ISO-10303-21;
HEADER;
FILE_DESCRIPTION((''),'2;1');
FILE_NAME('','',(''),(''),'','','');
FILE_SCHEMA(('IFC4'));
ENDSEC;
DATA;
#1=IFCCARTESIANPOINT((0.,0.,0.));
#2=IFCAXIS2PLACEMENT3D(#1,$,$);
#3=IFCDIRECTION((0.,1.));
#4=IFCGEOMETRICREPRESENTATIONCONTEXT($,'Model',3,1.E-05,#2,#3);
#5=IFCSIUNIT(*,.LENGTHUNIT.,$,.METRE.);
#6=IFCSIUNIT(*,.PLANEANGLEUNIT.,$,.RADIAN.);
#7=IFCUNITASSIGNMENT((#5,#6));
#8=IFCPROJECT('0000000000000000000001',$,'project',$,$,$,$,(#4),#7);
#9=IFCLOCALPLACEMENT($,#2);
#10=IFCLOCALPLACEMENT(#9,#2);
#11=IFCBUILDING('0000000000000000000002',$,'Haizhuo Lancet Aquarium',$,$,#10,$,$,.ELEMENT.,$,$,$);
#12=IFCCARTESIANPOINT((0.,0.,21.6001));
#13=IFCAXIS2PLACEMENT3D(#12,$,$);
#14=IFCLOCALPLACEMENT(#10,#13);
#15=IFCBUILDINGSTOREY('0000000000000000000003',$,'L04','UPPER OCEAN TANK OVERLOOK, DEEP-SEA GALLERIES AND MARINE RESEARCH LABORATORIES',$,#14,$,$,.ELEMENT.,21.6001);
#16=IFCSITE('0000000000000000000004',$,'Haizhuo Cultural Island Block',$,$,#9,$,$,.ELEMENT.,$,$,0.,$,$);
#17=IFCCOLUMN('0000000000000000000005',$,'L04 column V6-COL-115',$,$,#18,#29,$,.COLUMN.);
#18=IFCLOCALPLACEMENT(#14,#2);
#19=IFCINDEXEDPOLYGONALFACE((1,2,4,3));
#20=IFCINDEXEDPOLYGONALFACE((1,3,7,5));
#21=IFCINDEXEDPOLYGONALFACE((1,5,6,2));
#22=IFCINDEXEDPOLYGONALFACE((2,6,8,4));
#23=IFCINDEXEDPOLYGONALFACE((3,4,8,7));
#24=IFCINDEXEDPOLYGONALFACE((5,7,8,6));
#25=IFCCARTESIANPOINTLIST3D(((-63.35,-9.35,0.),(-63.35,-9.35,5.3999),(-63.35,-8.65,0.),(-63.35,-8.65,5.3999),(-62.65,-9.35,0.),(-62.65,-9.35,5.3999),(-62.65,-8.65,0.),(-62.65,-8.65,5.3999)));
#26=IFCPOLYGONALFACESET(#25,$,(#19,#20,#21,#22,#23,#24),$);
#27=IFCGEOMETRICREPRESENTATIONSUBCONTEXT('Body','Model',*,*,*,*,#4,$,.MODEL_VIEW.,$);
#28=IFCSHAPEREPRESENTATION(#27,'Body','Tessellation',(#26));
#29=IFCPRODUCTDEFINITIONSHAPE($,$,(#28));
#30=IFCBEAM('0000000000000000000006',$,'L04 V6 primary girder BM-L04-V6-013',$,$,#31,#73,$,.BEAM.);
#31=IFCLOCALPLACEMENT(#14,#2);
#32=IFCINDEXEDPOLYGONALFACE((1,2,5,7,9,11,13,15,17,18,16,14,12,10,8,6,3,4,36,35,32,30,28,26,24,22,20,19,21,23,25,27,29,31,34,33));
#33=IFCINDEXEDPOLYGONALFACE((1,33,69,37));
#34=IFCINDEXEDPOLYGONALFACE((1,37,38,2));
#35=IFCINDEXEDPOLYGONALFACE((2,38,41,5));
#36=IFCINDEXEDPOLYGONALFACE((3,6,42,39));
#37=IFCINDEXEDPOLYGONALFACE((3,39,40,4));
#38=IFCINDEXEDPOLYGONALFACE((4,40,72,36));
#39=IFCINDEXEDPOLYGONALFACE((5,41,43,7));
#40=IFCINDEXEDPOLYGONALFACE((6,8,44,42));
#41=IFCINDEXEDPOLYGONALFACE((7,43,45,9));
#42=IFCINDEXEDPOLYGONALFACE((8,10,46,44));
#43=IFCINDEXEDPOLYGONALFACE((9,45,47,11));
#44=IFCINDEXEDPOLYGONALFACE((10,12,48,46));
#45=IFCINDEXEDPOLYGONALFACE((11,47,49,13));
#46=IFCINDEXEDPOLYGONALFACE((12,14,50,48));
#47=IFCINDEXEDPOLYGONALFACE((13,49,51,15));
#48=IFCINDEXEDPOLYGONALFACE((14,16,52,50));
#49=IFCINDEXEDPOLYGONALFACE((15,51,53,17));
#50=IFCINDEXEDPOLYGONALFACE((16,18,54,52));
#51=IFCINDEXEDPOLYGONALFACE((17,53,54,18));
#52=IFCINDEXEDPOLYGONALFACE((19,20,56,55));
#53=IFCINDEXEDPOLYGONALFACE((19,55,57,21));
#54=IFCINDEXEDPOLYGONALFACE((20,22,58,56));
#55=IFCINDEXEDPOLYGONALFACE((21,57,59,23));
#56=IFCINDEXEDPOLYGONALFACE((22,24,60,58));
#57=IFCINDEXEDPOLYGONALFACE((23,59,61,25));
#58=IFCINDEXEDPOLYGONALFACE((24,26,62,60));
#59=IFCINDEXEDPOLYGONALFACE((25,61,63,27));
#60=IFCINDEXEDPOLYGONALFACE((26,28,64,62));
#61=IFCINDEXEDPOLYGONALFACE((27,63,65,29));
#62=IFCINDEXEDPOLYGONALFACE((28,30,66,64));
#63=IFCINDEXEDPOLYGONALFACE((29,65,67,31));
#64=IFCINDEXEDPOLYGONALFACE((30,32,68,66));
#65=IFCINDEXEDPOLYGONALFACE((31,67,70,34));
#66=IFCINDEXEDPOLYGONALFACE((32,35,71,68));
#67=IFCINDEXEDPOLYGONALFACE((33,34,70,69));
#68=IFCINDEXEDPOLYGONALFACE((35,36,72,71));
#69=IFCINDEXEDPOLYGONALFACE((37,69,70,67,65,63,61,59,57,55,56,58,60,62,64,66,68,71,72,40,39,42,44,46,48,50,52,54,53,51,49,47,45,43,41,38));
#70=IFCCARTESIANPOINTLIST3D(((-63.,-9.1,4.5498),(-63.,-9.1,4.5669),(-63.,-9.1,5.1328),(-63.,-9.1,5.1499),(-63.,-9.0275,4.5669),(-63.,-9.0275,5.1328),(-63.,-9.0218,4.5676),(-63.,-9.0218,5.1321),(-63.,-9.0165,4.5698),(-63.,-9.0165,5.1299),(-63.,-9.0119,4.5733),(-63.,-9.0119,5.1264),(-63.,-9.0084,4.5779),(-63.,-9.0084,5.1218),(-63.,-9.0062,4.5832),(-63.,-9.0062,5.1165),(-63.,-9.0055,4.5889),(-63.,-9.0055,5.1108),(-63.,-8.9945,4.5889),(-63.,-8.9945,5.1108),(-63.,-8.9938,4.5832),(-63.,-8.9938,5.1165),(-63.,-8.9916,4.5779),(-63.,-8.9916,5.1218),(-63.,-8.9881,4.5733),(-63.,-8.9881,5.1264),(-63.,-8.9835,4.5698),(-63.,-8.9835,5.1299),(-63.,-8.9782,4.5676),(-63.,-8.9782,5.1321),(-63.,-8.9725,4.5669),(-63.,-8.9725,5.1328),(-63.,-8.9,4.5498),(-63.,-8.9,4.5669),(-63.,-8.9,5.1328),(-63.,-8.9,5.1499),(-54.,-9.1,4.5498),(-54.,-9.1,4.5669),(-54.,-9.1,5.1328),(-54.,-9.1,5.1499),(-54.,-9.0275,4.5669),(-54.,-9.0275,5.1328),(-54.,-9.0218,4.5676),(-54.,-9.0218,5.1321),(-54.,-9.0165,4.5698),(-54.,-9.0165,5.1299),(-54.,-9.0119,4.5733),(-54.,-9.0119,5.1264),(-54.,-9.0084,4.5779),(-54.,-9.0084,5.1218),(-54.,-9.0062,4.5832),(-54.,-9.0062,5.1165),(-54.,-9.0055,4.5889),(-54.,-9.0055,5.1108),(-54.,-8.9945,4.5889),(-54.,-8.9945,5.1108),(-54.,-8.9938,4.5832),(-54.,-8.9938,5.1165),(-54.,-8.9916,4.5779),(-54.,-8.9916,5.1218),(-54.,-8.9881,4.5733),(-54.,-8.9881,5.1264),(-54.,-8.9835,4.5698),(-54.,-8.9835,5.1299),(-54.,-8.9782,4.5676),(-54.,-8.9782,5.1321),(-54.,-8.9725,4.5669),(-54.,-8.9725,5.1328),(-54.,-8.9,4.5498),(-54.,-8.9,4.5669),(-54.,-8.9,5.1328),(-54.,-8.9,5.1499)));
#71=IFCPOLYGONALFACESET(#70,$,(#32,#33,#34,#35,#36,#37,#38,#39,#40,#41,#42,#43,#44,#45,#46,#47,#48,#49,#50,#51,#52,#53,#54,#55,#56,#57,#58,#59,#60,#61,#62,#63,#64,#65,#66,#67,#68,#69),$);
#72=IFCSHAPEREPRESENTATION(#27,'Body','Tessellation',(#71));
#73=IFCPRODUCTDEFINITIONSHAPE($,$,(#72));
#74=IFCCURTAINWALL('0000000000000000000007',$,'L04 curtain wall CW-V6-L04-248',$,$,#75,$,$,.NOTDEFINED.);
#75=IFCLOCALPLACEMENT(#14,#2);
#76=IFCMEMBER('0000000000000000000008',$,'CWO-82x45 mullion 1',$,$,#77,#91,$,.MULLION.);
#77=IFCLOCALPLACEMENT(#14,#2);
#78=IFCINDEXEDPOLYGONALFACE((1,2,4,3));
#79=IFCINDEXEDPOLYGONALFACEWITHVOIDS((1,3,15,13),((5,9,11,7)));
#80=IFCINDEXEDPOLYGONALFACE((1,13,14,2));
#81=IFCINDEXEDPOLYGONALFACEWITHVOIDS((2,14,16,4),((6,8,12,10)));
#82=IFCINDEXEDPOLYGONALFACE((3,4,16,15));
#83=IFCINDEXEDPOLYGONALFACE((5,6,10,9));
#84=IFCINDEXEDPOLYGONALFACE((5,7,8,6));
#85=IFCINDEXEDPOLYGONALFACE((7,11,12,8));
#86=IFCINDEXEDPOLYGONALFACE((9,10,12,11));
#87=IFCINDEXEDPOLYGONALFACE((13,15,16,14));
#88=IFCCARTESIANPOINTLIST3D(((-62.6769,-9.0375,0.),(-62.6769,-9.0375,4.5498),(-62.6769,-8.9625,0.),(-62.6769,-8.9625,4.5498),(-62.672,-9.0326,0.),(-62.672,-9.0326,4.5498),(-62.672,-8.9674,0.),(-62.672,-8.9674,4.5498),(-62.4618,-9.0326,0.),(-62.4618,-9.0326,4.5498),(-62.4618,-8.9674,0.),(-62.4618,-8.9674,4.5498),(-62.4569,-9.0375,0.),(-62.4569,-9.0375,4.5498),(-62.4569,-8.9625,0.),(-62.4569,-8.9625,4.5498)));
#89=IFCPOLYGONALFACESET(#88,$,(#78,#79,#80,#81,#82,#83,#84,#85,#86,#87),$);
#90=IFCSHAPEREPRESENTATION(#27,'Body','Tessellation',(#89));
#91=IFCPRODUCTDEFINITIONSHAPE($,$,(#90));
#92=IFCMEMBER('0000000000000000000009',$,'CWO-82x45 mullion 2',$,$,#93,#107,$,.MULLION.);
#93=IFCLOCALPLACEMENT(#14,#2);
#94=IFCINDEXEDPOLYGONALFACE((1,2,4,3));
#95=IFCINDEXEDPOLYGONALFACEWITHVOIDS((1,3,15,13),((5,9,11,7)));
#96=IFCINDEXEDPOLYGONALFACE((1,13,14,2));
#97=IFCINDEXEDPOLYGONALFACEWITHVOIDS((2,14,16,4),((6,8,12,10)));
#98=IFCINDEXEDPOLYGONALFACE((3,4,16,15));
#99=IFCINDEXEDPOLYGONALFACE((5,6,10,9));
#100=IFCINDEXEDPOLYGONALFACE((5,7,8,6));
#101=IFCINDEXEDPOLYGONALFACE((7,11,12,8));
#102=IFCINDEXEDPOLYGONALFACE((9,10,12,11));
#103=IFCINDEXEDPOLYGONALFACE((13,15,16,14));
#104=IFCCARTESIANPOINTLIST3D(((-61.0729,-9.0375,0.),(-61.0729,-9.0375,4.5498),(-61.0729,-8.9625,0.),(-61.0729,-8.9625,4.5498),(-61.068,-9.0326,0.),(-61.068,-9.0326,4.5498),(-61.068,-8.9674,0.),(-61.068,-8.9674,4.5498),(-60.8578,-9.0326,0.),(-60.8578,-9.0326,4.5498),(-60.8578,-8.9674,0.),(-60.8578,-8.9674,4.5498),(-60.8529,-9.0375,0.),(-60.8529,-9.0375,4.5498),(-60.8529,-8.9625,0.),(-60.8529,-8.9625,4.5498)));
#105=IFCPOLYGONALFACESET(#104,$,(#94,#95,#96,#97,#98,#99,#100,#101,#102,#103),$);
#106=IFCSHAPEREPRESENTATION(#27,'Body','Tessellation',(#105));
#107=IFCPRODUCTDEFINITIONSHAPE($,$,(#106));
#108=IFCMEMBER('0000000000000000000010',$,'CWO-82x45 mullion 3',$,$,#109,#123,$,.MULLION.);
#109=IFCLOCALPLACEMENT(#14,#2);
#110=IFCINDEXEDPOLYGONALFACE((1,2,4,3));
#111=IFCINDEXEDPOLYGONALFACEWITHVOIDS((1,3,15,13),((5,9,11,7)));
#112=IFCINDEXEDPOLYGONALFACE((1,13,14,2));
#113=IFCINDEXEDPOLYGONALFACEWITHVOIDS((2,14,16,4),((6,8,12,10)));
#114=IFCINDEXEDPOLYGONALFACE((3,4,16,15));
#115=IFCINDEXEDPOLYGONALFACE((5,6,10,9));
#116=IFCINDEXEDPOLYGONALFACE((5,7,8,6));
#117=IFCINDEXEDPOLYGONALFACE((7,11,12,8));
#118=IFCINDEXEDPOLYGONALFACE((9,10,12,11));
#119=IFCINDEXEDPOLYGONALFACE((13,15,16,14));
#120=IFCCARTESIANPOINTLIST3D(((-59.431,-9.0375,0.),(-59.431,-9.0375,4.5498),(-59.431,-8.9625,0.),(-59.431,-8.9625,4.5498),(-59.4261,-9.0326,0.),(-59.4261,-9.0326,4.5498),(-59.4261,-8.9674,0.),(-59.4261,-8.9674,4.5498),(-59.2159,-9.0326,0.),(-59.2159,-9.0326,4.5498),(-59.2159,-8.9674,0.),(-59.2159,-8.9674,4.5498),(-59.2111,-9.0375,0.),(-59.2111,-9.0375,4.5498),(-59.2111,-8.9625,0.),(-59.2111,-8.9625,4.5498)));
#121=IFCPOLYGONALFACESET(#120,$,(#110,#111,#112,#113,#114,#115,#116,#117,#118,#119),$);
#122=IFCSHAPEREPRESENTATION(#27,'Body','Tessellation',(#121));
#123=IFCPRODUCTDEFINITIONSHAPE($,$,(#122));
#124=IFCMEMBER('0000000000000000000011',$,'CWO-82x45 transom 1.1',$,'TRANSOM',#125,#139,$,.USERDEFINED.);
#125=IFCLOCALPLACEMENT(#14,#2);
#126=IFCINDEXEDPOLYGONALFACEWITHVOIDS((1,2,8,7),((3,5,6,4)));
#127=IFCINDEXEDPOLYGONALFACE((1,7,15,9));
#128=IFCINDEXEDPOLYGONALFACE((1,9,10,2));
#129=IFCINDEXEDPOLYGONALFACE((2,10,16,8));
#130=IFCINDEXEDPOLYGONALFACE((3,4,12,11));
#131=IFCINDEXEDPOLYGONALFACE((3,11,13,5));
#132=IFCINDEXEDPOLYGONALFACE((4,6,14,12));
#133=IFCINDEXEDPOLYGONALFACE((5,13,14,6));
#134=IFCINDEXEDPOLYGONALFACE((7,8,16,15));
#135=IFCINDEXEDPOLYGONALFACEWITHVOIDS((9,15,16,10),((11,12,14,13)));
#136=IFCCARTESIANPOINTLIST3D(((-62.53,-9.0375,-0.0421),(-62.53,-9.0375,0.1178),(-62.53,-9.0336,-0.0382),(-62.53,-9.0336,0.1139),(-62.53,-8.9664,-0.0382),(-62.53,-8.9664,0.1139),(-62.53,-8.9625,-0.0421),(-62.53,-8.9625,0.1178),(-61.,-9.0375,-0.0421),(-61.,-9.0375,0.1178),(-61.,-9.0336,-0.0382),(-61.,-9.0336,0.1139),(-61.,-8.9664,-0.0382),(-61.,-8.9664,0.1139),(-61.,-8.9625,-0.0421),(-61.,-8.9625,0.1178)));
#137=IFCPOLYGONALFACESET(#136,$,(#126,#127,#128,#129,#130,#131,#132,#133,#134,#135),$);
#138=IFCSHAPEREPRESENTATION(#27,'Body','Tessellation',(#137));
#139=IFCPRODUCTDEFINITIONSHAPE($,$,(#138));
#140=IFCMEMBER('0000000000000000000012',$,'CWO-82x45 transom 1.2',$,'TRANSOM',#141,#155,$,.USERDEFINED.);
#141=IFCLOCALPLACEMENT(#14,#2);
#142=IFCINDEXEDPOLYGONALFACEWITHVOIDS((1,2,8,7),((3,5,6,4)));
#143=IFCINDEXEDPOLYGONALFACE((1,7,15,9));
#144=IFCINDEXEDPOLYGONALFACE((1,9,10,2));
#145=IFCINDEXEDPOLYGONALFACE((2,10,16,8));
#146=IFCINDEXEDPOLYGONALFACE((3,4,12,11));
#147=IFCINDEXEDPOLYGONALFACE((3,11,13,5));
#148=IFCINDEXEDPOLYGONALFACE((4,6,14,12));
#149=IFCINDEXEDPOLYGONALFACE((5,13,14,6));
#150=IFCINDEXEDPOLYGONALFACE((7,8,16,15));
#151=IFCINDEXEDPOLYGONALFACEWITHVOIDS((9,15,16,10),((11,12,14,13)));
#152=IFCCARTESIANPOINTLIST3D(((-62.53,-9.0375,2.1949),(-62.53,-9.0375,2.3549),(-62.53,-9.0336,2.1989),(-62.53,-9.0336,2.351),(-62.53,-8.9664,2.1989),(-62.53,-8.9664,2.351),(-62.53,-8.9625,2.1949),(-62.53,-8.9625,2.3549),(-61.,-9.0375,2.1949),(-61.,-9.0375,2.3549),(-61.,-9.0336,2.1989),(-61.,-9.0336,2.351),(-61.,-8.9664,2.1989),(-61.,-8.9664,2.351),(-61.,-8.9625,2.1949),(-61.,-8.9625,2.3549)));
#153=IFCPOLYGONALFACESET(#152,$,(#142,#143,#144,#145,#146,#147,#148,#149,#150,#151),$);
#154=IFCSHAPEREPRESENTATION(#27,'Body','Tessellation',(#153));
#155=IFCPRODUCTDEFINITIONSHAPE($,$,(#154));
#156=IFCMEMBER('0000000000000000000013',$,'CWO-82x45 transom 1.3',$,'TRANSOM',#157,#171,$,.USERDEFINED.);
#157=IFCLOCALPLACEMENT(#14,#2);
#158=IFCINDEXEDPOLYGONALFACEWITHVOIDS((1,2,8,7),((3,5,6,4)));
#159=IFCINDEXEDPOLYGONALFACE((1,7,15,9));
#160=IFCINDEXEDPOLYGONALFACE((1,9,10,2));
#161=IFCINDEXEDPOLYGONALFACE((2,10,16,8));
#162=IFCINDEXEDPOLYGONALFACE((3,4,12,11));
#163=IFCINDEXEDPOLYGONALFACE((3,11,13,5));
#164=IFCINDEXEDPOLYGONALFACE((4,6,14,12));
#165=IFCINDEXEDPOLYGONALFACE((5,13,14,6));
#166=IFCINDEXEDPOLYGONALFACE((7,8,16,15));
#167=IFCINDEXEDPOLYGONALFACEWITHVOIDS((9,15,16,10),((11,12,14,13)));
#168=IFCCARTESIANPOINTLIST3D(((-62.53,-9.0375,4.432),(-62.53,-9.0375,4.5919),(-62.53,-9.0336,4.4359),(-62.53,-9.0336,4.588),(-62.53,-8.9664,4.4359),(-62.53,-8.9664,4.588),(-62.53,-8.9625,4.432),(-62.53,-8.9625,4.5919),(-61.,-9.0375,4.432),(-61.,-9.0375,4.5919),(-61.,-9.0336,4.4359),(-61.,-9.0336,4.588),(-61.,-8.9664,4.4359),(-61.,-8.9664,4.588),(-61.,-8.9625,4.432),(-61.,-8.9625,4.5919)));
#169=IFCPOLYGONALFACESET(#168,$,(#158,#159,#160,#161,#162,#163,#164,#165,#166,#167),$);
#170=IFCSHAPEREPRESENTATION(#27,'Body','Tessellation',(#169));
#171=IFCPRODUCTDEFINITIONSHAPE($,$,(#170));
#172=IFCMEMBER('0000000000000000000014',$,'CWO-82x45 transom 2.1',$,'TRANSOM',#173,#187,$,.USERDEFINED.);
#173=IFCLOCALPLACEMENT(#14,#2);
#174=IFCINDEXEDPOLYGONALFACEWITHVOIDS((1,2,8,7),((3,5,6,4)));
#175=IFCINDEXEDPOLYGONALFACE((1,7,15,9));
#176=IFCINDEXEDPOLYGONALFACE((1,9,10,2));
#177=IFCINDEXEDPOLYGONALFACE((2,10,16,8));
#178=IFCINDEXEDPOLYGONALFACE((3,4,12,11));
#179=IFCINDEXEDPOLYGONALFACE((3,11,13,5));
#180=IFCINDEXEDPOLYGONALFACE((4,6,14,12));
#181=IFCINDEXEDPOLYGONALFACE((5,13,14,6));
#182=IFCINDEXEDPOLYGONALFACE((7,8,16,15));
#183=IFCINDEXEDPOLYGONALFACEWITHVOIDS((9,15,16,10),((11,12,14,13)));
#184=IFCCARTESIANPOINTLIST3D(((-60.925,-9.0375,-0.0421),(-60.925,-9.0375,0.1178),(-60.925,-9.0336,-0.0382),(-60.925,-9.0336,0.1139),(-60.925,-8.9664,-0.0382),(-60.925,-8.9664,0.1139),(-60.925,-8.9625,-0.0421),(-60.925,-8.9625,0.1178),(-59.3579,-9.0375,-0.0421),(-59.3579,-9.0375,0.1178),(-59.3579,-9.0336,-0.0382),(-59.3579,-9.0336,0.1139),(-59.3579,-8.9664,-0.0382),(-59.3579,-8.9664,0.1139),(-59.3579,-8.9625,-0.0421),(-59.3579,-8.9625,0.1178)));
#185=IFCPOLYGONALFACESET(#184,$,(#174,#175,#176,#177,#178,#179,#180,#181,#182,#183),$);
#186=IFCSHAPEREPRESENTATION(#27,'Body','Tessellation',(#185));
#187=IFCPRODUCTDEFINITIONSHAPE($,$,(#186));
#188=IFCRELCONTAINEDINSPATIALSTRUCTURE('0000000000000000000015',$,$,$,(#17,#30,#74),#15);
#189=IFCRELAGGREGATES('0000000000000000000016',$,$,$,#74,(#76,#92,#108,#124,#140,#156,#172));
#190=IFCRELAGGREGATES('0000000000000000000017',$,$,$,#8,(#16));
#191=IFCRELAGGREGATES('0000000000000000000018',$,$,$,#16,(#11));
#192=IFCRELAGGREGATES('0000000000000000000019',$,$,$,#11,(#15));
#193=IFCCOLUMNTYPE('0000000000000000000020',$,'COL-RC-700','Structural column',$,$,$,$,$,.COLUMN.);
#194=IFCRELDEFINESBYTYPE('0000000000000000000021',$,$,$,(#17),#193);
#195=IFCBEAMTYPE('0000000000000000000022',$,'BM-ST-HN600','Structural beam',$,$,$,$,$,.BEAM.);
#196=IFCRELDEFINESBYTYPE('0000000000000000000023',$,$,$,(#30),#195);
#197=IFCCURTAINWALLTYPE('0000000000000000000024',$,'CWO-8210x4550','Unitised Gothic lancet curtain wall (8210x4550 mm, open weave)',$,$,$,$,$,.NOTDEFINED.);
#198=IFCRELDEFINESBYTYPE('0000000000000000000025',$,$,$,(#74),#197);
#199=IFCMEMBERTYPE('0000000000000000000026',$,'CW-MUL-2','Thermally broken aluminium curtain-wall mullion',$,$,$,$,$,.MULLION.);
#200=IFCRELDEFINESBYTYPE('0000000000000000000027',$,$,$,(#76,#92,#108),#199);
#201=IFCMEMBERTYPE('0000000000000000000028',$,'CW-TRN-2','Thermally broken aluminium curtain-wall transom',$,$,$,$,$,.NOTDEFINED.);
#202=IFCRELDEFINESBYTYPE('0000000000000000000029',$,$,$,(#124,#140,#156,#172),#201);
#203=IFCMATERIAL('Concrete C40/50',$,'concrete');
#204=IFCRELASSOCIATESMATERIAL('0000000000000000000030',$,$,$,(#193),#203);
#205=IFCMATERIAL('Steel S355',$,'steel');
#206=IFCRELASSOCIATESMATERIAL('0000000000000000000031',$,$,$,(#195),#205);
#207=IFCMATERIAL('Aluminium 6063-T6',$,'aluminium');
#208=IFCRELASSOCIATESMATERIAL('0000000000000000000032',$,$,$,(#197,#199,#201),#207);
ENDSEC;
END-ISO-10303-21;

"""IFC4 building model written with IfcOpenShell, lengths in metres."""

from ifc_helpers import new_model, si_unit, direction, frame, origin, origin_2d, place, context, subcontext, project, spatial, rectangle, hollow_rectangle, i_section, extrude, material, material_profile, profile_set, type_object, element, aggregate, save


model = new_model("IFC4")

# Units and contexts
model_context = context("Model", 3, precision=1e-05, world=origin(), true_north=direction((0.0, 1.0)))
body_context = subcontext(model_context, "Body", "Model", "MODEL_VIEW")
ifc_project = project(units=[si_unit("LENGTHUNIT", "METRE"), si_unit("PLANEANGLEUNIT", "RADIAN")], contexts=[model_context])

# Site, building, storey
site_placement = place(None, origin())
site = spatial("IfcSite", under=ifc_project, at=site_placement, Name="Haizhuo Cultural Island Block", CompositionType="ELEMENT", RefElevation=0.0)
building_placement = place(site_placement, origin())
building = spatial("IfcBuilding", under=site, at=building_placement, Name="Haizhuo Lancet Aquarium", CompositionType="ELEMENT")
storey_placement = place(building_placement, frame((0.0, 0.0, 21.6001)))
storey = spatial("IfcBuildingStorey", under=building, at=storey_placement, Name="L04", Description="UPPER OCEAN TANK OVERLOOK, DEEP-SEA GALLERIES AND MARINE RESEARCH LABORATORIES", CompositionType="ELEMENT", Elevation=21.6001)

# Column
ifc_material_1 = material(Name="Concrete C40/50", Category="concrete")
ifc_material_profile_1 = material_profile(ifc_material_1, rectangle(XDim=0.7, YDim=0.7, at=origin_2d()), Name="RC-COL 700x700")
ifc_profile_set_1 = profile_set([ifc_material_profile_1], Name="Concrete C40/50")
column_type = type_object("IfcColumnType", Name="COL-RC-700", Description="Structural column", PredefinedType="COLUMN", material=ifc_profile_set_1)
column_placement = place(storey_placement, frame((-63.0, -9.0, 0.0), z_axis=(0.0, 0.0, 1.0), x_axis=(1.0, 0.0, 0.0)))
element("IfcColumn", 1, at=column_placement, inside=storey, type_object=column_type, Name="L04 column V6-COL-115", PredefinedType="COLUMN", context=body_context, shape_type="SweptSolid", body=[
    extrude(rectangle(XDim=0.7, YDim=0.7, at=origin_2d()), origin(), (0.0, 0.0, 1.0), 5.3999),
])

# Beam
ifc_material_2 = material(Name="Steel S355", Category="steel")
ifc_material_profile_2 = material_profile(ifc_material_2, i_section(OverallWidth=0.2, OverallDepth=0.6001, WebThickness=0.011, FlangeThickness=0.0171, FilletRadius=0.022, at=origin_2d()), Name="HN 600x200x11x17")
ifc_profile_set_2 = profile_set([ifc_material_profile_2], Name="Steel S355")
beam_type = type_object("IfcBeamType", Name="BM-ST-HN600", Description="Structural beam", PredefinedType="BEAM", material=ifc_profile_set_2)
beam_placement = place(storey_placement, frame((-63.0, -9.0, 4.8499), z_axis=(1.0, 0.0, 0.0), x_axis=(0.0, 1.0, 0.0)))
element("IfcBeam", 2, at=beam_placement, inside=storey, type_object=beam_type, Name="L04 V6 primary girder BM-L04-V6-013", PredefinedType="BEAM", context=body_context, shape_type="SweptSolid", body=[
    extrude(i_section(OverallWidth=0.2, OverallDepth=0.6001, WebThickness=0.011, FlangeThickness=0.0171, FilletRadius=0.022, at=origin_2d()), origin(), (0.0, 0.0, 1.0), 9.0),
])

# Curtain wall, members
ifc_material_3 = material(Name="Aluminium 6063-T6", Category="aluminium")
curtain_wall_type = type_object("IfcCurtainWallType", Name="CWO-8210x4550", Description="Unitised Gothic lancet curtain wall (8210x4550 mm, open weave)", PredefinedType="NOTDEFINED", material=ifc_material_3)
curtain_wall_placement = place(storey_placement, origin())
curtain_wall = element("IfcCurtainWall", 3, at=curtain_wall_placement, inside=storey, type_object=curtain_wall_type, Name="L04 curtain wall CW-V6-L04-248", PredefinedType="NOTDEFINED")
ifc_material_profile_3 = material_profile(ifc_material_3, hollow_rectangle(XDim=0.075, YDim=0.22, WallThickness=0.0049, at=origin_2d()), Name="ALU-M 75x220x5")
ifc_profile_set_3 = profile_set([ifc_material_profile_3], Name="Aluminium 6063-T6")
member_type_1 = type_object("IfcMemberType", Name="CW-MUL-2", Description="Thermally broken aluminium curtain-wall mullion", PredefinedType="MULLION", material=ifc_profile_set_3)
member_1_placement = place(storey_placement, frame((-62.5669, -9.0, 0.0), z_axis=(0.0, 0.0, 1.0), x_axis=(0.0, 1.0, 0.0)))
member_1 = element("IfcMember", 4, at=member_1_placement, type_object=member_type_1, Name="CWO-82x45 mullion 1", PredefinedType="MULLION", context=body_context, shape_type="SweptSolid", body=[
    extrude(hollow_rectangle(XDim=0.075, YDim=0.22, WallThickness=0.0049, at=origin_2d()), origin(), (0.0, 0.0, 1.0), 4.5498),
])
member_2_placement = place(storey_placement, frame((-60.9629, -9.0, 0.0), z_axis=(0.0, 0.0, 1.0), x_axis=(0.0, 1.0, 0.0)))
member_2 = element("IfcMember", 5, at=member_2_placement, type_object=member_type_1, Name="CWO-82x45 mullion 2", PredefinedType="MULLION", context=body_context, shape_type="SweptSolid", body=[
    extrude(hollow_rectangle(XDim=0.075, YDim=0.22, WallThickness=0.0049, at=origin_2d()), origin(), (0.0, 0.0, 1.0), 4.5498),
])
member_3_placement = place(storey_placement, frame((-59.321, -9.0, 0.0), z_axis=(0.0, 0.0, 1.0), x_axis=(0.0, 1.0, 0.0)))
member_3 = element("IfcMember", 6, at=member_3_placement, type_object=member_type_1, Name="CWO-82x45 mullion 3", PredefinedType="MULLION", context=body_context, shape_type="SweptSolid", body=[
    extrude(hollow_rectangle(XDim=0.075, YDim=0.22, WallThickness=0.0049, at=origin_2d()), origin(), (0.0, 0.0, 1.0), 4.5498),
])
ifc_material_profile_4 = material_profile(ifc_material_3, hollow_rectangle(XDim=0.075, YDim=0.1599, WallThickness=0.0039, at=origin_2d()), Name="ALU-T 75x160x4")
ifc_profile_set_4 = profile_set([ifc_material_profile_4], Name="Aluminium 6063-T6")
member_type_2 = type_object("IfcMemberType", Name="CW-TRN-2", Description="Thermally broken aluminium curtain-wall transom", PredefinedType="NOTDEFINED", material=ifc_profile_set_4)
member_4_placement = place(storey_placement, frame((-62.53, -9.0, 0.0378), z_axis=(1.0, 0.0, 0.0), x_axis=(0.0, 1.0, 0.0)))
member_4 = element("IfcMember", 7, at=member_4_placement, type_object=member_type_2, Name="CWO-82x45 transom 1.1", ObjectType="TRANSOM", PredefinedType="USERDEFINED", context=body_context, shape_type="SweptSolid", body=[
    extrude(hollow_rectangle(XDim=0.075, YDim=0.1599, WallThickness=0.0039, at=origin_2d()), origin(), (0.0, 0.0, 1.0), 1.53),
])
member_5_placement = place(storey_placement, frame((-62.53, -9.0, 2.2749), z_axis=(1.0, 0.0, 0.0), x_axis=(0.0, 1.0, 0.0)))
member_5 = element("IfcMember", 8, at=member_5_placement, type_object=member_type_2, Name="CWO-82x45 transom 1.2", ObjectType="TRANSOM", PredefinedType="USERDEFINED", context=body_context, shape_type="SweptSolid", body=[
    extrude(hollow_rectangle(XDim=0.075, YDim=0.1599, WallThickness=0.0039, at=origin_2d()), origin(), (0.0, 0.0, 1.0), 1.53),
])
member_6_placement = place(storey_placement, frame((-62.53, -9.0, 4.512), z_axis=(1.0, 0.0, 0.0), x_axis=(0.0, 1.0, 0.0)))
member_6 = element("IfcMember", 9, at=member_6_placement, type_object=member_type_2, Name="CWO-82x45 transom 1.3", ObjectType="TRANSOM", PredefinedType="USERDEFINED", context=body_context, shape_type="SweptSolid", body=[
    extrude(hollow_rectangle(XDim=0.075, YDim=0.1599, WallThickness=0.0039, at=origin_2d()), origin(), (0.0, 0.0, 1.0), 1.53),
])
member_7_placement = place(storey_placement, frame((-60.925, -9.0, 0.0378), z_axis=(1.0, 0.0, 0.0), x_axis=(0.0, 1.0, 0.0)))
member_7 = element("IfcMember", 10, at=member_7_placement, type_object=member_type_2, Name="CWO-82x45 transom 2.1", ObjectType="TRANSOM", PredefinedType="USERDEFINED", context=body_context, shape_type="SweptSolid", body=[
    extrude(hollow_rectangle(XDim=0.075, YDim=0.1599, WallThickness=0.0039, at=origin_2d()), origin(), (0.0, 0.0, 1.0), 1.5671),
])

aggregate(curtain_wall, [member_1, member_2, member_3, member_4, member_5, member_6, member_7])

save(model, "model.ifc")
